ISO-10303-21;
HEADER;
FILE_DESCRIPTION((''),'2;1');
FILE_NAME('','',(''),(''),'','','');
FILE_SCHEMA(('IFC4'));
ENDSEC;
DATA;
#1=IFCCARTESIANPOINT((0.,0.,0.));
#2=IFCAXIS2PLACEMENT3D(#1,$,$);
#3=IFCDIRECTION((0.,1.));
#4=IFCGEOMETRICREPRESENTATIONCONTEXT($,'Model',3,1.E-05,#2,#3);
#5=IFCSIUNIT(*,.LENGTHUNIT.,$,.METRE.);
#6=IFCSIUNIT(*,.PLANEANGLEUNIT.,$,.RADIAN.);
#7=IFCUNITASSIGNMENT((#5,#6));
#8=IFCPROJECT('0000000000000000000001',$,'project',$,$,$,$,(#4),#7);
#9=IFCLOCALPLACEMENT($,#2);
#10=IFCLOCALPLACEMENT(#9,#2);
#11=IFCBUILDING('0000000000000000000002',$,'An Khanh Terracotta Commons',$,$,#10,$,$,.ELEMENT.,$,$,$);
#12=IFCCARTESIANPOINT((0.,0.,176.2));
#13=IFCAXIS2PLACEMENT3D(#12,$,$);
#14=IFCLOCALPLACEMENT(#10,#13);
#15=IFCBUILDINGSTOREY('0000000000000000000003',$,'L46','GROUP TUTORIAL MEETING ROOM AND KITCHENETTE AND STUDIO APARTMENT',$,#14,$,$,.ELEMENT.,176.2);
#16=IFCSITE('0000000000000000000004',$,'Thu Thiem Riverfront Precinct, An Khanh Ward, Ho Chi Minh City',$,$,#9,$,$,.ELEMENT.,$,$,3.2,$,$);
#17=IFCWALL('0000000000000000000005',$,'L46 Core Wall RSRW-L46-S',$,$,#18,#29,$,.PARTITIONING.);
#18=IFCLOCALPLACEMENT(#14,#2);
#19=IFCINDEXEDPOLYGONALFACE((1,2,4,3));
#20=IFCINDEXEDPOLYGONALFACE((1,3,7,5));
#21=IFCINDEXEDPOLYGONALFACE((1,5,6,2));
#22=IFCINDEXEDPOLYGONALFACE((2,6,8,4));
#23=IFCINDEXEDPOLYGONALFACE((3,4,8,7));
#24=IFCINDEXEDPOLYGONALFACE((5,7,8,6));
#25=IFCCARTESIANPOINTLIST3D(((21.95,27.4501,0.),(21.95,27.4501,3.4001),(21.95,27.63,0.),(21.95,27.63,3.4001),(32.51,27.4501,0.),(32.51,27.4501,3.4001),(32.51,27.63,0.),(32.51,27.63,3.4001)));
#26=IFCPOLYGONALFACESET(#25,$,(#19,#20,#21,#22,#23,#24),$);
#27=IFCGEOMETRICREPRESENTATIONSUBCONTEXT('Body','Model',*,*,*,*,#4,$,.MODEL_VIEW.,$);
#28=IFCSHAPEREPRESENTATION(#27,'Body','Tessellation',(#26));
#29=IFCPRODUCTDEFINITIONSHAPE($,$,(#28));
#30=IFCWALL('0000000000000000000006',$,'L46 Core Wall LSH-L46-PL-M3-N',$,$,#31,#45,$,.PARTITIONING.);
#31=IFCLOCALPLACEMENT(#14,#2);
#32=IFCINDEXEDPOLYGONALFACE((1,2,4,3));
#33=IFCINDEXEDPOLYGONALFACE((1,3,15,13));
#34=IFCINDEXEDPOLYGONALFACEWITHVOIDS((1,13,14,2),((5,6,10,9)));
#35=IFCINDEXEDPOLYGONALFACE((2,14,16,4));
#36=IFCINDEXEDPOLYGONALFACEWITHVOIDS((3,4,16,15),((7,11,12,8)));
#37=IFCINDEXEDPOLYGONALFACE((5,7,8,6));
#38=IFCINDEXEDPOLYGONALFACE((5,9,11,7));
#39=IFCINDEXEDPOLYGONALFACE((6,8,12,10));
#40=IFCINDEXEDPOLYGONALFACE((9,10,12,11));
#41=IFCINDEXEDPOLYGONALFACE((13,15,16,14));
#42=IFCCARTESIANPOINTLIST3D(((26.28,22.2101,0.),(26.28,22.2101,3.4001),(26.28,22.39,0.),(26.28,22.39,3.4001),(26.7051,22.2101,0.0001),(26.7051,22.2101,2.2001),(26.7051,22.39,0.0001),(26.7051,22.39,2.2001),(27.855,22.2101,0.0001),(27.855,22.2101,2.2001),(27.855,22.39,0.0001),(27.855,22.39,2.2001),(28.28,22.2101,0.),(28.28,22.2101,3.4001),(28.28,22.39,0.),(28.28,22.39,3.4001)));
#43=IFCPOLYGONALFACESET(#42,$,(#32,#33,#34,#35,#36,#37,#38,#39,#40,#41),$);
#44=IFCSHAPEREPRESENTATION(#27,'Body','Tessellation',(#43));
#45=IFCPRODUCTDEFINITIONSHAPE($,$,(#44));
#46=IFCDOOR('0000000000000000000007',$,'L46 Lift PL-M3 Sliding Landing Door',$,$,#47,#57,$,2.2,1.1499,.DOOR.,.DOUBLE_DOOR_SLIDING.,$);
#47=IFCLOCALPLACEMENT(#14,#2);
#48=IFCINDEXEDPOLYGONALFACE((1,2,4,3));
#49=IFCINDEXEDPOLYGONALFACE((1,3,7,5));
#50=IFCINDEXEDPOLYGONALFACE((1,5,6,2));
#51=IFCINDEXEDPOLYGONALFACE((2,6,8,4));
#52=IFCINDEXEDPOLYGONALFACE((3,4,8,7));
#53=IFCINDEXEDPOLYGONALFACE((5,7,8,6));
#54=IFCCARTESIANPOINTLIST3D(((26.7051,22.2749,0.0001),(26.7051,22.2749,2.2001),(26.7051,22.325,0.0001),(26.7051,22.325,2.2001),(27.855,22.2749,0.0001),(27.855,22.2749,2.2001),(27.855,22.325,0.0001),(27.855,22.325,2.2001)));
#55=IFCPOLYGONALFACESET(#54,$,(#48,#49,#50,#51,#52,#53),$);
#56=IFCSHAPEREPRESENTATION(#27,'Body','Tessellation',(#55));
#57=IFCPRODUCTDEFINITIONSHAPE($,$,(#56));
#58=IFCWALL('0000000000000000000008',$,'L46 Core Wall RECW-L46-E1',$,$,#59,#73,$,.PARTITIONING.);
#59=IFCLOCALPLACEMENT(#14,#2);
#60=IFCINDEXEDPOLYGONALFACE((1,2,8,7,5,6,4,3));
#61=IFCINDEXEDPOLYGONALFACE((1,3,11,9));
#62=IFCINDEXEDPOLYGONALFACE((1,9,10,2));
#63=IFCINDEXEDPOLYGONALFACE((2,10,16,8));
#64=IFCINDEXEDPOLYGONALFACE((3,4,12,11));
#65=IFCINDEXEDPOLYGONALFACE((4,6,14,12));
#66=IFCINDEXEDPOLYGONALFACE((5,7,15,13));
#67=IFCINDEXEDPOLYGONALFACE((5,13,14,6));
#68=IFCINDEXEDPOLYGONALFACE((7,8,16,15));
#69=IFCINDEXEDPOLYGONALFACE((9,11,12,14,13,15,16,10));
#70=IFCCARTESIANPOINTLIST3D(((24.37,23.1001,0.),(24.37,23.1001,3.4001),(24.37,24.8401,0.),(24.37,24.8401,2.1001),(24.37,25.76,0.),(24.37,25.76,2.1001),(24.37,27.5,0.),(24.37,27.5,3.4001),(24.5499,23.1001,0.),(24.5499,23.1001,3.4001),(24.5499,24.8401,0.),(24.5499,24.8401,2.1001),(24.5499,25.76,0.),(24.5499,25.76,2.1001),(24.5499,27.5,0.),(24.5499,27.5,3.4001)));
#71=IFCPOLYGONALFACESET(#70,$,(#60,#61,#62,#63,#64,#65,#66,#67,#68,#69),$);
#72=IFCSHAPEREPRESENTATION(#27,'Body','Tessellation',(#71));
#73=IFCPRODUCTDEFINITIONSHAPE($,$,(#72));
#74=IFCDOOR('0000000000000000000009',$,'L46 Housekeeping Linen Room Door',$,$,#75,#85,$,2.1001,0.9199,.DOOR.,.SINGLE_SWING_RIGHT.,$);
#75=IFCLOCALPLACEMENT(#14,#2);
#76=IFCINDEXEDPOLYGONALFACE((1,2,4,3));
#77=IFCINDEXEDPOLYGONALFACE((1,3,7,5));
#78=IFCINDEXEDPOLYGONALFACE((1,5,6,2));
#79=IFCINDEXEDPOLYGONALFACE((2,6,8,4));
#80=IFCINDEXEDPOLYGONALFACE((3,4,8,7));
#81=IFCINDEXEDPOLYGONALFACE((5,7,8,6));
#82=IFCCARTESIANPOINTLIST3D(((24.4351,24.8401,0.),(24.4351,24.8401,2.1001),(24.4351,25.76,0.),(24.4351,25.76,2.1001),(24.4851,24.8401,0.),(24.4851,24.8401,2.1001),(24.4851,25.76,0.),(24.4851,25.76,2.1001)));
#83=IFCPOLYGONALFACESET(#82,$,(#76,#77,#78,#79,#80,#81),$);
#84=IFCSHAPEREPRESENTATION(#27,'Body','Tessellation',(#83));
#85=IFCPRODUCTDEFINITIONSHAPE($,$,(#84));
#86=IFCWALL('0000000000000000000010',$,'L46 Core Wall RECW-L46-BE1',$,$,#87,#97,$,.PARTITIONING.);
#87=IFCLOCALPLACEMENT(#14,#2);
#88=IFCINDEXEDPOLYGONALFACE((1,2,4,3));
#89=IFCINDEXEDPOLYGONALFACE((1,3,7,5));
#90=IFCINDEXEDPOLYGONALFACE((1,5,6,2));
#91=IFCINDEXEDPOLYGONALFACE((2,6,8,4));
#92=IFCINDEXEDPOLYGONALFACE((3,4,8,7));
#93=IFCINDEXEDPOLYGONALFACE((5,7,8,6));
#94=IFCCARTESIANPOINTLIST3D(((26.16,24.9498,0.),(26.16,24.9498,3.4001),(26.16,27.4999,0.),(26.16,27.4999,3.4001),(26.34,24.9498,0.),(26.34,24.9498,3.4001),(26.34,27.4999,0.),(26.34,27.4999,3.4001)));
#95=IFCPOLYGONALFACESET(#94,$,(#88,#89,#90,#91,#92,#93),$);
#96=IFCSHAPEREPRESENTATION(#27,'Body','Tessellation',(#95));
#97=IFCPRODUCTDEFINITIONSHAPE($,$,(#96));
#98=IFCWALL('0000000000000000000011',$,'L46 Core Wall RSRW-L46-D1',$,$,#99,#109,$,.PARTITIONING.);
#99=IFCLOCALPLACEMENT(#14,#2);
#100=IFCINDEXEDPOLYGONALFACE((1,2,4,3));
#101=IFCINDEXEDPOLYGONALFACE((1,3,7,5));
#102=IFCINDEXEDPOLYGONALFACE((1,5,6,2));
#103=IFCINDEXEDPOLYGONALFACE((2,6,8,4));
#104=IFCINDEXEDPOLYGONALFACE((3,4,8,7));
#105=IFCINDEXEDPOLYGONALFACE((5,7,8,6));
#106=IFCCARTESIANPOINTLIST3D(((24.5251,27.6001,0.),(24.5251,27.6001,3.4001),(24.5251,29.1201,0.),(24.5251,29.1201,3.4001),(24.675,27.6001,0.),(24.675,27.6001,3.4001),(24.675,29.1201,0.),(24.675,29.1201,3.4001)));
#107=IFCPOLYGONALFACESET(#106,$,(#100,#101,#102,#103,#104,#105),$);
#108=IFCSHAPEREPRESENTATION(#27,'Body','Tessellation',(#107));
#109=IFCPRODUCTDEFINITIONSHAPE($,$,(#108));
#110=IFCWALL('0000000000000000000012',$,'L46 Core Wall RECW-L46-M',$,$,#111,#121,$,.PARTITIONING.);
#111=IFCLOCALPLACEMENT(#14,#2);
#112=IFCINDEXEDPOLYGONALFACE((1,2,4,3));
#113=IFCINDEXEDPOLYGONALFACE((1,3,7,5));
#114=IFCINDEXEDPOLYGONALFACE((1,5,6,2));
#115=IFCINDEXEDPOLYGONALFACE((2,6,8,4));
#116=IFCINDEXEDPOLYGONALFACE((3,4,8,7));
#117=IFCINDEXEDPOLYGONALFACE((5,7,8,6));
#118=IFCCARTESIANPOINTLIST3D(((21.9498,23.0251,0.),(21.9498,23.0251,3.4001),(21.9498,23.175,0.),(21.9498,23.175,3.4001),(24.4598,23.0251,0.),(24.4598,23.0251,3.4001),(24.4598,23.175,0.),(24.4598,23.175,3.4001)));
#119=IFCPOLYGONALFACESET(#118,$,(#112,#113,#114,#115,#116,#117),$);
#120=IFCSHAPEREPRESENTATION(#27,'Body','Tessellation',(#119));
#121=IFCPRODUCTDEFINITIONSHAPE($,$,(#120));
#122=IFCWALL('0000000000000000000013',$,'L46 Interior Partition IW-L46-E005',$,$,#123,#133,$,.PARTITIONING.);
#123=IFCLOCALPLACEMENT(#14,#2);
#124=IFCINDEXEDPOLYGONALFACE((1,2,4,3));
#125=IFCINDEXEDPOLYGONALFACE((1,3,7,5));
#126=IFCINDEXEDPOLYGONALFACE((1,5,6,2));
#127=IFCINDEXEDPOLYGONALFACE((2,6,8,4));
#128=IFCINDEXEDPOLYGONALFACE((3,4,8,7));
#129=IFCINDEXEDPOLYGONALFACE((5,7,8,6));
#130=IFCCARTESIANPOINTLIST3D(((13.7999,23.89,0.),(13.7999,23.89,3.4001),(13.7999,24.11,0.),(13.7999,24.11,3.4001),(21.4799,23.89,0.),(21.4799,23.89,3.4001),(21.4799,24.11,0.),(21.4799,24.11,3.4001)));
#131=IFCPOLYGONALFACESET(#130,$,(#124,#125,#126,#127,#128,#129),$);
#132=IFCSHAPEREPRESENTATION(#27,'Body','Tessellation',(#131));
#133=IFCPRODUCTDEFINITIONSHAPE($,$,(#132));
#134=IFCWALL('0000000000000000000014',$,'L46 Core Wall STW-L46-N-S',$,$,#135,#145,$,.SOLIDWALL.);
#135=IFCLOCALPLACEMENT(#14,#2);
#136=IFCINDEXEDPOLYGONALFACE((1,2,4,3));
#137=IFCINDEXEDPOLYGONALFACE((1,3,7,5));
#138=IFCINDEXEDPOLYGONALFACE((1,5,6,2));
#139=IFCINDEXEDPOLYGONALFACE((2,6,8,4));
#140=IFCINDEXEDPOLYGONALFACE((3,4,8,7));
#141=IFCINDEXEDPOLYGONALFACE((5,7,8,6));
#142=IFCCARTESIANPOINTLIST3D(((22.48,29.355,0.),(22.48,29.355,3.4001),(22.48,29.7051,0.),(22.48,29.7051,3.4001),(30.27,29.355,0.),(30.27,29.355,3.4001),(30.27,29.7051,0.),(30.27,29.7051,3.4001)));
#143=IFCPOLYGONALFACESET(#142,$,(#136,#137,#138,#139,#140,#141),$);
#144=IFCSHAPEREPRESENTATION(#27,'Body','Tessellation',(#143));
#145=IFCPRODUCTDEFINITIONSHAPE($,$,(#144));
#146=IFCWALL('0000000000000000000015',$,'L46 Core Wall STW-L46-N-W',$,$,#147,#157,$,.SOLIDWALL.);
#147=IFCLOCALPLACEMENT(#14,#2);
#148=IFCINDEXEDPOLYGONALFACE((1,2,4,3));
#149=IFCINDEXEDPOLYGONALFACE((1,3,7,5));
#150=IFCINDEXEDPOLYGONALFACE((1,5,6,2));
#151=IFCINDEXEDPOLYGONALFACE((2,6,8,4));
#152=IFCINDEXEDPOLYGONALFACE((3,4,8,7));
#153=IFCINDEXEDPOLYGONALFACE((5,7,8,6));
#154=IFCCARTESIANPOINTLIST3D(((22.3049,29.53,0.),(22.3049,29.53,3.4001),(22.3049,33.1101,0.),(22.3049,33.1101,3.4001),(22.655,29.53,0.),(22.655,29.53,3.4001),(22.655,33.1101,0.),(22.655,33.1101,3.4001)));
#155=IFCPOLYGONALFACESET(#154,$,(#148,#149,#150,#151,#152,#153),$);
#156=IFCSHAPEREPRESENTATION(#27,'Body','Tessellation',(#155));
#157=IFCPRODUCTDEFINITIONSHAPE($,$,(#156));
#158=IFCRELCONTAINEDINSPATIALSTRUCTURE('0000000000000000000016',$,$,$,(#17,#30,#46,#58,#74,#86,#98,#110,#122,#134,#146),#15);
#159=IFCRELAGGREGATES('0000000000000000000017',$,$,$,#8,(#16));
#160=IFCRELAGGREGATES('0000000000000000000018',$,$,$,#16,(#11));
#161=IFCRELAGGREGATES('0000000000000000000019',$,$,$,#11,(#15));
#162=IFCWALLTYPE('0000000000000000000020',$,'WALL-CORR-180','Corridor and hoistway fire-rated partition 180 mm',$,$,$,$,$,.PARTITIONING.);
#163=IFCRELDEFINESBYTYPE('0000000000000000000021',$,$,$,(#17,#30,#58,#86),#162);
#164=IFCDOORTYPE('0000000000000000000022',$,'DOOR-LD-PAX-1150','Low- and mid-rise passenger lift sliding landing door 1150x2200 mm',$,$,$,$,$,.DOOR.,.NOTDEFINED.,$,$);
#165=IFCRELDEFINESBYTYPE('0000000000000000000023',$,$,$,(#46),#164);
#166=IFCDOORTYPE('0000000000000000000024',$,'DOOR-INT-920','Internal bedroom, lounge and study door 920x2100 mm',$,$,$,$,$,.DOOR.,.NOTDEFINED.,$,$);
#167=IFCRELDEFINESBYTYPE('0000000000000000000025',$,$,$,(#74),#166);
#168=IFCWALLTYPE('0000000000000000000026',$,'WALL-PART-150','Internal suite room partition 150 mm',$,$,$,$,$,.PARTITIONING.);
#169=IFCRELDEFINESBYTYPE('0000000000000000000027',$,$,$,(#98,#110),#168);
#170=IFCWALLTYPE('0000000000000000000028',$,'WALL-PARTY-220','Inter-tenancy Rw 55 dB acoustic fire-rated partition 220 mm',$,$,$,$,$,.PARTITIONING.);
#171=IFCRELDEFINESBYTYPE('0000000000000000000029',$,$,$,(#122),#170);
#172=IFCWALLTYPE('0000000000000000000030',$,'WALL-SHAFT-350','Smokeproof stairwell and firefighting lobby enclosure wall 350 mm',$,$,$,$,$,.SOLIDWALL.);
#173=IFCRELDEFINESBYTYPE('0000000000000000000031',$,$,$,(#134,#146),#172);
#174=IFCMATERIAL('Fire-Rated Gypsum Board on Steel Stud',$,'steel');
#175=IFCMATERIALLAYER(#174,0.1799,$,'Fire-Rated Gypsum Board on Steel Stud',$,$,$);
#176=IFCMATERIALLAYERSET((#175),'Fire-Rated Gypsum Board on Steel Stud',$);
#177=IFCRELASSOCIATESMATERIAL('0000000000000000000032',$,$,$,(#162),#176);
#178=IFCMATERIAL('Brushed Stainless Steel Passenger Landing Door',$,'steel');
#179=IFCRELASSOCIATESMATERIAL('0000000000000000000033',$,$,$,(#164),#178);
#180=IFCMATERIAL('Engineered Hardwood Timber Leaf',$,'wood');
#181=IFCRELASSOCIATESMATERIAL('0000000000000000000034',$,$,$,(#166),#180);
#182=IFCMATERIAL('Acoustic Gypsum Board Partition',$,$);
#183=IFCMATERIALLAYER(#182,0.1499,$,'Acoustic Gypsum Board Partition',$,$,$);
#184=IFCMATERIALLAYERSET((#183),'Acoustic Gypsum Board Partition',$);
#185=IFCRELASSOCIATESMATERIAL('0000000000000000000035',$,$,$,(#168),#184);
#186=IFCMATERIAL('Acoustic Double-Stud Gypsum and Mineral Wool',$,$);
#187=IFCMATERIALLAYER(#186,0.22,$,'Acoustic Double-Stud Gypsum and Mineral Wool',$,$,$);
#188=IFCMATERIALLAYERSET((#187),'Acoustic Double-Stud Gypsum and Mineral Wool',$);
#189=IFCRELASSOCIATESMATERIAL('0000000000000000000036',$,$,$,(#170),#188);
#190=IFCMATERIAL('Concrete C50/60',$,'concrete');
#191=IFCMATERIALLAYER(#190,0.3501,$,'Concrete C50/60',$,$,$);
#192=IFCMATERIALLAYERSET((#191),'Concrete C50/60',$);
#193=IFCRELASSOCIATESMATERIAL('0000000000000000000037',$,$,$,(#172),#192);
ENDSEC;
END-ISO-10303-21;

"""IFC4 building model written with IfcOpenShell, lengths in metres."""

from ifc_helpers import new_model, si_unit, direction, frame, frame_2d, origin, place, context, subcontext, project, spatial, rectangle, extrude, material, layer, layer_set, type_object, element, fill, save


model = new_model("IFC4")

# Units and contexts
model_context = context("Model", 3, precision=1e-05, world=origin(), true_north=direction((0.0, 1.0)))
body_context = subcontext(model_context, "Body", "Model", "MODEL_VIEW")
ifc_project = project(units=[si_unit("LENGTHUNIT", "METRE"), si_unit("PLANEANGLEUNIT", "RADIAN")], contexts=[model_context])

# Site, building, storey
site_placement = place(None, origin())
site = spatial("IfcSite", under=ifc_project, at=site_placement, Name="Thu Thiem Riverfront Precinct, An Khanh Ward, Ho Chi Minh City", CompositionType="ELEMENT", RefElevation=3.2)
building_placement = place(site_placement, origin())
building = spatial("IfcBuilding", under=site, at=building_placement, Name="An Khanh Terracotta Commons", CompositionType="ELEMENT")
storey_placement = place(building_placement, frame((0.0, 0.0, 176.2)))
storey = spatial("IfcBuildingStorey", under=building, at=storey_placement, Name="L46", Description="GROUP TUTORIAL MEETING ROOM AND KITCHENETTE AND STUDIO APARTMENT", CompositionType="ELEMENT", Elevation=176.2)

# Wall
ifc_material_1 = material(Name="Fire-Rated Gypsum Board on Steel Stud", Category="steel")
ifc_layer_1 = layer(ifc_material_1, 0.1799, Name="Fire-Rated Gypsum Board on Steel Stud")
ifc_layer_set_1 = layer_set([ifc_layer_1], Name="Fire-Rated Gypsum Board on Steel Stud")
wall_type_1 = type_object("IfcWallType", Name="WALL-CORR-180", Description="Corridor and hoistway fire-rated partition 180 mm", PredefinedType="PARTITIONING", material=ifc_layer_set_1)
wall_1_placement = place(storey_placement, frame((21.95, 27.54, 0.0), z_axis=(0.0, 0.0, 1.0), x_axis=(1.0, 0.0, 0.0)))
element("IfcWall", 1, at=wall_1_placement, inside=storey, type_object=wall_type_1, Name="L46 Core Wall RSRW-L46-S", PredefinedType="PARTITIONING", context=body_context, shape_type="SweptSolid", body=[
    extrude(rectangle(XDim=10.5601, YDim=0.1799, at=frame_2d((5.28, 0.0))), origin(), (0.0, 0.0, 1.0), 3.4001),
])

# Walls, openings, doors
wall_2_placement = place(storey_placement, frame((26.28, 22.3, 0.0), z_axis=(0.0, 0.0, 1.0), x_axis=(1.0, 0.0, 0.0)))
wall_2 = element("IfcWall", 2, at=wall_2_placement, inside=storey, type_object=wall_type_1, Name="L46 Core Wall LSH-L46-PL-M3-N", PredefinedType="PARTITIONING", context=body_context, shape_type="SweptSolid", body=[
    extrude(rectangle(XDim=2.0, YDim=0.1799, at=frame_2d((1.0, 0.0))), origin(), (0.0, 0.0, 1.0), 3.4001),
])
opening_1_placement = place(wall_2_placement, frame((0.425, 0.0, 0.0)))
opening_1 = element("IfcOpeningElement", 3, at=opening_1_placement, cuts=wall_2, PredefinedType="OPENING", context=body_context, shape_type="SweptSolid", body=[
    extrude(rectangle(XDim=1.1499, YDim=2.2, at=frame_2d((0.575, 1.1001))), frame((0.0, 0.0999, 0.0), z_axis=(0.0, -1.0, 0.0), x_axis=(1.0, 0.0, 0.0)), (0.0, 0.0, 1.0), 0.2),
])
ifc_material_2 = material(Name="Brushed Stainless Steel Passenger Landing Door", Category="steel")
door_type_1 = type_object("IfcDoorType", Name="DOOR-LD-PAX-1150", Description="Low- and mid-rise passenger lift sliding landing door 1150x2200 mm", OperationType="NOTDEFINED", PredefinedType="DOOR", material=ifc_material_2)
door_1_placement = place(opening_1_placement, origin())
door_1 = element("IfcDoor", 4, at=door_1_placement, inside=storey, type_object=door_type_1, Name="L46 Lift PL-M3 Sliding Landing Door", OperationType="DOUBLE_DOOR_SLIDING", OverallHeight=2.2, OverallWidth=1.1499, PredefinedType="DOOR", context=body_context, shape_type="SweptSolid", body=[
    extrude(rectangle(XDim=1.1499, YDim=2.2, at=frame_2d((0.575, 1.1001))), frame((0.0, 0.0249, 0.0), z_axis=(0.0, -1.0, 0.0), x_axis=(1.0, 0.0, 0.0)), (0.0, 0.0, 1.0), 0.05),
])
fill(opening_1, door_1)
wall_3_placement = place(storey_placement, frame((24.46, 23.1001, 0.0), z_axis=(0.0, 0.0, 1.0), x_axis=(0.0, 1.0, 0.0)))
wall_3 = element("IfcWall", 5, at=wall_3_placement, inside=storey, type_object=wall_type_1, Name="L46 Core Wall RECW-L46-E1", PredefinedType="PARTITIONING", context=body_context, shape_type="SweptSolid", body=[
    extrude(rectangle(XDim=4.3999, YDim=0.1799, at=frame_2d((2.2, 0.0))), origin(), (0.0, 0.0, 1.0), 3.4001),
])
opening_2_placement = place(wall_3_placement, frame((1.74, 0.0, 0.0)))
opening_2 = element("IfcOpeningElement", 6, at=opening_2_placement, cuts=wall_3, PredefinedType="OPENING", context=body_context, shape_type="SweptSolid", body=[
    extrude(rectangle(XDim=0.9199, YDim=2.1001, at=frame_2d((0.46, 1.05))), frame((0.0, 0.0999, 0.0), z_axis=(0.0, -1.0, 0.0), x_axis=(1.0, 0.0, 0.0)), (0.0, 0.0, 1.0), 0.2),
])
ifc_material_3 = material(Name="Engineered Hardwood Timber Leaf", Category="wood")
door_type_2 = type_object("IfcDoorType", Name="DOOR-INT-920", Description="Internal bedroom, lounge and study door 920x2100 mm", OperationType="NOTDEFINED", PredefinedType="DOOR", material=ifc_material_3)
door_2_placement = place(opening_2_placement, origin())
door_2 = element("IfcDoor", 7, at=door_2_placement, inside=storey, type_object=door_type_2, Name="L46 Housekeeping Linen Room Door", OperationType="SINGLE_SWING_RIGHT", OverallHeight=2.1001, OverallWidth=0.9199, PredefinedType="DOOR", context=body_context, shape_type="SweptSolid", body=[
    extrude(rectangle(XDim=0.9199, YDim=2.1001, at=frame_2d((0.46, 1.05))), frame((0.0, 0.0249, 0.0), z_axis=(0.0, -1.0, 0.0), x_axis=(1.0, 0.0, 0.0)), (0.0, 0.0, 1.0), 0.05),
])
fill(opening_2, door_2)

# Walls
wall_4_placement = place(storey_placement, frame((26.25, 24.95, 0.0), z_axis=(0.0, 0.0, 1.0), x_axis=(0.0, 1.0, 0.0)))
element("IfcWall", 8, at=wall_4_placement, inside=storey, type_object=wall_type_1, Name="L46 Core Wall RECW-L46-BE1", PredefinedType="PARTITIONING", context=body_context, shape_type="SweptSolid", body=[
    extrude(rectangle(XDim=2.55, YDim=0.1799, at=frame_2d((1.2749, 0.0))), origin(), (0.0, 0.0, 1.0), 3.4001),
])
ifc_material_4 = material(Name="Acoustic Gypsum Board Partition")
ifc_layer_2 = layer(ifc_material_4, 0.1499, Name="Acoustic Gypsum Board Partition")
ifc_layer_set_2 = layer_set([ifc_layer_2], Name="Acoustic Gypsum Board Partition")
wall_type_2 = type_object("IfcWallType", Name="WALL-PART-150", Description="Internal suite room partition 150 mm", PredefinedType="PARTITIONING", material=ifc_layer_set_2)
wall_5_placement = place(storey_placement, frame((24.6001, 27.6001, 0.0), z_axis=(0.0, 0.0, 1.0), x_axis=(0.0, 1.0, 0.0)))
element("IfcWall", 9, at=wall_5_placement, inside=storey, type_object=wall_type_2, Name="L46 Core Wall RSRW-L46-D1", PredefinedType="PARTITIONING", context=body_context, shape_type="SweptSolid", body=[
    extrude(rectangle(XDim=1.52, YDim=0.1499, at=frame_2d((0.76, 0.0))), origin(), (0.0, 0.0, 1.0), 3.4001),
])
wall_6_placement = place(storey_placement, frame((21.95, 23.1001, 0.0), z_axis=(0.0, 0.0, 1.0), x_axis=(1.0, 0.0, 0.0)))
element("IfcWall", 10, at=wall_6_placement, inside=storey, type_object=wall_type_2, Name="L46 Core Wall RECW-L46-M", PredefinedType="PARTITIONING", context=body_context, shape_type="SweptSolid", body=[
    extrude(rectangle(XDim=2.51, YDim=0.1499, at=frame_2d((1.2549, 0.0))), origin(), (0.0, 0.0, 1.0), 3.4001),
])
ifc_material_5 = material(Name="Acoustic Double-Stud Gypsum and Mineral Wool")
ifc_layer_3 = layer(ifc_material_5, 0.22, Name="Acoustic Double-Stud Gypsum and Mineral Wool")
ifc_layer_set_3 = layer_set([ifc_layer_3], Name="Acoustic Double-Stud Gypsum and Mineral Wool")
wall_type_3 = type_object("IfcWallType", Name="WALL-PARTY-220", Description="Inter-tenancy Rw 55 dB acoustic fire-rated partition 220 mm", PredefinedType="PARTITIONING", material=ifc_layer_set_3)
wall_7_placement = place(storey_placement, frame((13.8, 24.0, 0.0), z_axis=(0.0, 0.0, 1.0), x_axis=(1.0, 0.0, 0.0)))
element("IfcWall", 11, at=wall_7_placement, inside=storey, type_object=wall_type_3, Name="L46 Interior Partition IW-L46-E005", PredefinedType="PARTITIONING", context=body_context, shape_type="SweptSolid", body=[
    extrude(rectangle(XDim=7.6799, YDim=0.22, at=frame_2d((3.8398, 0.0))), origin(), (0.0, 0.0, 1.0), 3.4001),
])
ifc_material_6 = material(Name="Concrete C50/60", Category="concrete")
ifc_layer_4 = layer(ifc_material_6, 0.3501, Name="Concrete C50/60")
ifc_layer_set_4 = layer_set([ifc_layer_4], Name="Concrete C50/60")
wall_type_4 = type_object("IfcWallType", Name="WALL-SHAFT-350", Description="Smokeproof stairwell and firefighting lobby enclosure wall 350 mm", PredefinedType="SOLIDWALL", material=ifc_layer_set_4)
wall_8_placement = place(storey_placement, frame((22.48, 29.53, 0.0), z_axis=(0.0, 0.0, 1.0), x_axis=(1.0, 0.0, 0.0)))
element("IfcWall", 12, at=wall_8_placement, inside=storey, type_object=wall_type_4, Name="L46 Core Wall STW-L46-N-S", PredefinedType="SOLIDWALL", context=body_context, shape_type="SweptSolid", body=[
    extrude(rectangle(XDim=7.79, YDim=0.3501, at=frame_2d((3.895, 0.0))), origin(), (0.0, 0.0, 1.0), 3.4001),
])
wall_9_placement = place(storey_placement, frame((22.48, 29.53, 0.0), z_axis=(0.0, 0.0, 1.0), x_axis=(0.0, 1.0, 0.0)))
element("IfcWall", 13, at=wall_9_placement, inside=storey, type_object=wall_type_4, Name="L46 Core Wall STW-L46-N-W", PredefinedType="SOLIDWALL", context=body_context, shape_type="SweptSolid", body=[
    extrude(rectangle(XDim=3.5801, YDim=0.3501, at=frame_2d((1.79, 0.0))), origin(), (0.0, 0.0, 1.0), 3.4001),
])

save(model, "model.ifc")
